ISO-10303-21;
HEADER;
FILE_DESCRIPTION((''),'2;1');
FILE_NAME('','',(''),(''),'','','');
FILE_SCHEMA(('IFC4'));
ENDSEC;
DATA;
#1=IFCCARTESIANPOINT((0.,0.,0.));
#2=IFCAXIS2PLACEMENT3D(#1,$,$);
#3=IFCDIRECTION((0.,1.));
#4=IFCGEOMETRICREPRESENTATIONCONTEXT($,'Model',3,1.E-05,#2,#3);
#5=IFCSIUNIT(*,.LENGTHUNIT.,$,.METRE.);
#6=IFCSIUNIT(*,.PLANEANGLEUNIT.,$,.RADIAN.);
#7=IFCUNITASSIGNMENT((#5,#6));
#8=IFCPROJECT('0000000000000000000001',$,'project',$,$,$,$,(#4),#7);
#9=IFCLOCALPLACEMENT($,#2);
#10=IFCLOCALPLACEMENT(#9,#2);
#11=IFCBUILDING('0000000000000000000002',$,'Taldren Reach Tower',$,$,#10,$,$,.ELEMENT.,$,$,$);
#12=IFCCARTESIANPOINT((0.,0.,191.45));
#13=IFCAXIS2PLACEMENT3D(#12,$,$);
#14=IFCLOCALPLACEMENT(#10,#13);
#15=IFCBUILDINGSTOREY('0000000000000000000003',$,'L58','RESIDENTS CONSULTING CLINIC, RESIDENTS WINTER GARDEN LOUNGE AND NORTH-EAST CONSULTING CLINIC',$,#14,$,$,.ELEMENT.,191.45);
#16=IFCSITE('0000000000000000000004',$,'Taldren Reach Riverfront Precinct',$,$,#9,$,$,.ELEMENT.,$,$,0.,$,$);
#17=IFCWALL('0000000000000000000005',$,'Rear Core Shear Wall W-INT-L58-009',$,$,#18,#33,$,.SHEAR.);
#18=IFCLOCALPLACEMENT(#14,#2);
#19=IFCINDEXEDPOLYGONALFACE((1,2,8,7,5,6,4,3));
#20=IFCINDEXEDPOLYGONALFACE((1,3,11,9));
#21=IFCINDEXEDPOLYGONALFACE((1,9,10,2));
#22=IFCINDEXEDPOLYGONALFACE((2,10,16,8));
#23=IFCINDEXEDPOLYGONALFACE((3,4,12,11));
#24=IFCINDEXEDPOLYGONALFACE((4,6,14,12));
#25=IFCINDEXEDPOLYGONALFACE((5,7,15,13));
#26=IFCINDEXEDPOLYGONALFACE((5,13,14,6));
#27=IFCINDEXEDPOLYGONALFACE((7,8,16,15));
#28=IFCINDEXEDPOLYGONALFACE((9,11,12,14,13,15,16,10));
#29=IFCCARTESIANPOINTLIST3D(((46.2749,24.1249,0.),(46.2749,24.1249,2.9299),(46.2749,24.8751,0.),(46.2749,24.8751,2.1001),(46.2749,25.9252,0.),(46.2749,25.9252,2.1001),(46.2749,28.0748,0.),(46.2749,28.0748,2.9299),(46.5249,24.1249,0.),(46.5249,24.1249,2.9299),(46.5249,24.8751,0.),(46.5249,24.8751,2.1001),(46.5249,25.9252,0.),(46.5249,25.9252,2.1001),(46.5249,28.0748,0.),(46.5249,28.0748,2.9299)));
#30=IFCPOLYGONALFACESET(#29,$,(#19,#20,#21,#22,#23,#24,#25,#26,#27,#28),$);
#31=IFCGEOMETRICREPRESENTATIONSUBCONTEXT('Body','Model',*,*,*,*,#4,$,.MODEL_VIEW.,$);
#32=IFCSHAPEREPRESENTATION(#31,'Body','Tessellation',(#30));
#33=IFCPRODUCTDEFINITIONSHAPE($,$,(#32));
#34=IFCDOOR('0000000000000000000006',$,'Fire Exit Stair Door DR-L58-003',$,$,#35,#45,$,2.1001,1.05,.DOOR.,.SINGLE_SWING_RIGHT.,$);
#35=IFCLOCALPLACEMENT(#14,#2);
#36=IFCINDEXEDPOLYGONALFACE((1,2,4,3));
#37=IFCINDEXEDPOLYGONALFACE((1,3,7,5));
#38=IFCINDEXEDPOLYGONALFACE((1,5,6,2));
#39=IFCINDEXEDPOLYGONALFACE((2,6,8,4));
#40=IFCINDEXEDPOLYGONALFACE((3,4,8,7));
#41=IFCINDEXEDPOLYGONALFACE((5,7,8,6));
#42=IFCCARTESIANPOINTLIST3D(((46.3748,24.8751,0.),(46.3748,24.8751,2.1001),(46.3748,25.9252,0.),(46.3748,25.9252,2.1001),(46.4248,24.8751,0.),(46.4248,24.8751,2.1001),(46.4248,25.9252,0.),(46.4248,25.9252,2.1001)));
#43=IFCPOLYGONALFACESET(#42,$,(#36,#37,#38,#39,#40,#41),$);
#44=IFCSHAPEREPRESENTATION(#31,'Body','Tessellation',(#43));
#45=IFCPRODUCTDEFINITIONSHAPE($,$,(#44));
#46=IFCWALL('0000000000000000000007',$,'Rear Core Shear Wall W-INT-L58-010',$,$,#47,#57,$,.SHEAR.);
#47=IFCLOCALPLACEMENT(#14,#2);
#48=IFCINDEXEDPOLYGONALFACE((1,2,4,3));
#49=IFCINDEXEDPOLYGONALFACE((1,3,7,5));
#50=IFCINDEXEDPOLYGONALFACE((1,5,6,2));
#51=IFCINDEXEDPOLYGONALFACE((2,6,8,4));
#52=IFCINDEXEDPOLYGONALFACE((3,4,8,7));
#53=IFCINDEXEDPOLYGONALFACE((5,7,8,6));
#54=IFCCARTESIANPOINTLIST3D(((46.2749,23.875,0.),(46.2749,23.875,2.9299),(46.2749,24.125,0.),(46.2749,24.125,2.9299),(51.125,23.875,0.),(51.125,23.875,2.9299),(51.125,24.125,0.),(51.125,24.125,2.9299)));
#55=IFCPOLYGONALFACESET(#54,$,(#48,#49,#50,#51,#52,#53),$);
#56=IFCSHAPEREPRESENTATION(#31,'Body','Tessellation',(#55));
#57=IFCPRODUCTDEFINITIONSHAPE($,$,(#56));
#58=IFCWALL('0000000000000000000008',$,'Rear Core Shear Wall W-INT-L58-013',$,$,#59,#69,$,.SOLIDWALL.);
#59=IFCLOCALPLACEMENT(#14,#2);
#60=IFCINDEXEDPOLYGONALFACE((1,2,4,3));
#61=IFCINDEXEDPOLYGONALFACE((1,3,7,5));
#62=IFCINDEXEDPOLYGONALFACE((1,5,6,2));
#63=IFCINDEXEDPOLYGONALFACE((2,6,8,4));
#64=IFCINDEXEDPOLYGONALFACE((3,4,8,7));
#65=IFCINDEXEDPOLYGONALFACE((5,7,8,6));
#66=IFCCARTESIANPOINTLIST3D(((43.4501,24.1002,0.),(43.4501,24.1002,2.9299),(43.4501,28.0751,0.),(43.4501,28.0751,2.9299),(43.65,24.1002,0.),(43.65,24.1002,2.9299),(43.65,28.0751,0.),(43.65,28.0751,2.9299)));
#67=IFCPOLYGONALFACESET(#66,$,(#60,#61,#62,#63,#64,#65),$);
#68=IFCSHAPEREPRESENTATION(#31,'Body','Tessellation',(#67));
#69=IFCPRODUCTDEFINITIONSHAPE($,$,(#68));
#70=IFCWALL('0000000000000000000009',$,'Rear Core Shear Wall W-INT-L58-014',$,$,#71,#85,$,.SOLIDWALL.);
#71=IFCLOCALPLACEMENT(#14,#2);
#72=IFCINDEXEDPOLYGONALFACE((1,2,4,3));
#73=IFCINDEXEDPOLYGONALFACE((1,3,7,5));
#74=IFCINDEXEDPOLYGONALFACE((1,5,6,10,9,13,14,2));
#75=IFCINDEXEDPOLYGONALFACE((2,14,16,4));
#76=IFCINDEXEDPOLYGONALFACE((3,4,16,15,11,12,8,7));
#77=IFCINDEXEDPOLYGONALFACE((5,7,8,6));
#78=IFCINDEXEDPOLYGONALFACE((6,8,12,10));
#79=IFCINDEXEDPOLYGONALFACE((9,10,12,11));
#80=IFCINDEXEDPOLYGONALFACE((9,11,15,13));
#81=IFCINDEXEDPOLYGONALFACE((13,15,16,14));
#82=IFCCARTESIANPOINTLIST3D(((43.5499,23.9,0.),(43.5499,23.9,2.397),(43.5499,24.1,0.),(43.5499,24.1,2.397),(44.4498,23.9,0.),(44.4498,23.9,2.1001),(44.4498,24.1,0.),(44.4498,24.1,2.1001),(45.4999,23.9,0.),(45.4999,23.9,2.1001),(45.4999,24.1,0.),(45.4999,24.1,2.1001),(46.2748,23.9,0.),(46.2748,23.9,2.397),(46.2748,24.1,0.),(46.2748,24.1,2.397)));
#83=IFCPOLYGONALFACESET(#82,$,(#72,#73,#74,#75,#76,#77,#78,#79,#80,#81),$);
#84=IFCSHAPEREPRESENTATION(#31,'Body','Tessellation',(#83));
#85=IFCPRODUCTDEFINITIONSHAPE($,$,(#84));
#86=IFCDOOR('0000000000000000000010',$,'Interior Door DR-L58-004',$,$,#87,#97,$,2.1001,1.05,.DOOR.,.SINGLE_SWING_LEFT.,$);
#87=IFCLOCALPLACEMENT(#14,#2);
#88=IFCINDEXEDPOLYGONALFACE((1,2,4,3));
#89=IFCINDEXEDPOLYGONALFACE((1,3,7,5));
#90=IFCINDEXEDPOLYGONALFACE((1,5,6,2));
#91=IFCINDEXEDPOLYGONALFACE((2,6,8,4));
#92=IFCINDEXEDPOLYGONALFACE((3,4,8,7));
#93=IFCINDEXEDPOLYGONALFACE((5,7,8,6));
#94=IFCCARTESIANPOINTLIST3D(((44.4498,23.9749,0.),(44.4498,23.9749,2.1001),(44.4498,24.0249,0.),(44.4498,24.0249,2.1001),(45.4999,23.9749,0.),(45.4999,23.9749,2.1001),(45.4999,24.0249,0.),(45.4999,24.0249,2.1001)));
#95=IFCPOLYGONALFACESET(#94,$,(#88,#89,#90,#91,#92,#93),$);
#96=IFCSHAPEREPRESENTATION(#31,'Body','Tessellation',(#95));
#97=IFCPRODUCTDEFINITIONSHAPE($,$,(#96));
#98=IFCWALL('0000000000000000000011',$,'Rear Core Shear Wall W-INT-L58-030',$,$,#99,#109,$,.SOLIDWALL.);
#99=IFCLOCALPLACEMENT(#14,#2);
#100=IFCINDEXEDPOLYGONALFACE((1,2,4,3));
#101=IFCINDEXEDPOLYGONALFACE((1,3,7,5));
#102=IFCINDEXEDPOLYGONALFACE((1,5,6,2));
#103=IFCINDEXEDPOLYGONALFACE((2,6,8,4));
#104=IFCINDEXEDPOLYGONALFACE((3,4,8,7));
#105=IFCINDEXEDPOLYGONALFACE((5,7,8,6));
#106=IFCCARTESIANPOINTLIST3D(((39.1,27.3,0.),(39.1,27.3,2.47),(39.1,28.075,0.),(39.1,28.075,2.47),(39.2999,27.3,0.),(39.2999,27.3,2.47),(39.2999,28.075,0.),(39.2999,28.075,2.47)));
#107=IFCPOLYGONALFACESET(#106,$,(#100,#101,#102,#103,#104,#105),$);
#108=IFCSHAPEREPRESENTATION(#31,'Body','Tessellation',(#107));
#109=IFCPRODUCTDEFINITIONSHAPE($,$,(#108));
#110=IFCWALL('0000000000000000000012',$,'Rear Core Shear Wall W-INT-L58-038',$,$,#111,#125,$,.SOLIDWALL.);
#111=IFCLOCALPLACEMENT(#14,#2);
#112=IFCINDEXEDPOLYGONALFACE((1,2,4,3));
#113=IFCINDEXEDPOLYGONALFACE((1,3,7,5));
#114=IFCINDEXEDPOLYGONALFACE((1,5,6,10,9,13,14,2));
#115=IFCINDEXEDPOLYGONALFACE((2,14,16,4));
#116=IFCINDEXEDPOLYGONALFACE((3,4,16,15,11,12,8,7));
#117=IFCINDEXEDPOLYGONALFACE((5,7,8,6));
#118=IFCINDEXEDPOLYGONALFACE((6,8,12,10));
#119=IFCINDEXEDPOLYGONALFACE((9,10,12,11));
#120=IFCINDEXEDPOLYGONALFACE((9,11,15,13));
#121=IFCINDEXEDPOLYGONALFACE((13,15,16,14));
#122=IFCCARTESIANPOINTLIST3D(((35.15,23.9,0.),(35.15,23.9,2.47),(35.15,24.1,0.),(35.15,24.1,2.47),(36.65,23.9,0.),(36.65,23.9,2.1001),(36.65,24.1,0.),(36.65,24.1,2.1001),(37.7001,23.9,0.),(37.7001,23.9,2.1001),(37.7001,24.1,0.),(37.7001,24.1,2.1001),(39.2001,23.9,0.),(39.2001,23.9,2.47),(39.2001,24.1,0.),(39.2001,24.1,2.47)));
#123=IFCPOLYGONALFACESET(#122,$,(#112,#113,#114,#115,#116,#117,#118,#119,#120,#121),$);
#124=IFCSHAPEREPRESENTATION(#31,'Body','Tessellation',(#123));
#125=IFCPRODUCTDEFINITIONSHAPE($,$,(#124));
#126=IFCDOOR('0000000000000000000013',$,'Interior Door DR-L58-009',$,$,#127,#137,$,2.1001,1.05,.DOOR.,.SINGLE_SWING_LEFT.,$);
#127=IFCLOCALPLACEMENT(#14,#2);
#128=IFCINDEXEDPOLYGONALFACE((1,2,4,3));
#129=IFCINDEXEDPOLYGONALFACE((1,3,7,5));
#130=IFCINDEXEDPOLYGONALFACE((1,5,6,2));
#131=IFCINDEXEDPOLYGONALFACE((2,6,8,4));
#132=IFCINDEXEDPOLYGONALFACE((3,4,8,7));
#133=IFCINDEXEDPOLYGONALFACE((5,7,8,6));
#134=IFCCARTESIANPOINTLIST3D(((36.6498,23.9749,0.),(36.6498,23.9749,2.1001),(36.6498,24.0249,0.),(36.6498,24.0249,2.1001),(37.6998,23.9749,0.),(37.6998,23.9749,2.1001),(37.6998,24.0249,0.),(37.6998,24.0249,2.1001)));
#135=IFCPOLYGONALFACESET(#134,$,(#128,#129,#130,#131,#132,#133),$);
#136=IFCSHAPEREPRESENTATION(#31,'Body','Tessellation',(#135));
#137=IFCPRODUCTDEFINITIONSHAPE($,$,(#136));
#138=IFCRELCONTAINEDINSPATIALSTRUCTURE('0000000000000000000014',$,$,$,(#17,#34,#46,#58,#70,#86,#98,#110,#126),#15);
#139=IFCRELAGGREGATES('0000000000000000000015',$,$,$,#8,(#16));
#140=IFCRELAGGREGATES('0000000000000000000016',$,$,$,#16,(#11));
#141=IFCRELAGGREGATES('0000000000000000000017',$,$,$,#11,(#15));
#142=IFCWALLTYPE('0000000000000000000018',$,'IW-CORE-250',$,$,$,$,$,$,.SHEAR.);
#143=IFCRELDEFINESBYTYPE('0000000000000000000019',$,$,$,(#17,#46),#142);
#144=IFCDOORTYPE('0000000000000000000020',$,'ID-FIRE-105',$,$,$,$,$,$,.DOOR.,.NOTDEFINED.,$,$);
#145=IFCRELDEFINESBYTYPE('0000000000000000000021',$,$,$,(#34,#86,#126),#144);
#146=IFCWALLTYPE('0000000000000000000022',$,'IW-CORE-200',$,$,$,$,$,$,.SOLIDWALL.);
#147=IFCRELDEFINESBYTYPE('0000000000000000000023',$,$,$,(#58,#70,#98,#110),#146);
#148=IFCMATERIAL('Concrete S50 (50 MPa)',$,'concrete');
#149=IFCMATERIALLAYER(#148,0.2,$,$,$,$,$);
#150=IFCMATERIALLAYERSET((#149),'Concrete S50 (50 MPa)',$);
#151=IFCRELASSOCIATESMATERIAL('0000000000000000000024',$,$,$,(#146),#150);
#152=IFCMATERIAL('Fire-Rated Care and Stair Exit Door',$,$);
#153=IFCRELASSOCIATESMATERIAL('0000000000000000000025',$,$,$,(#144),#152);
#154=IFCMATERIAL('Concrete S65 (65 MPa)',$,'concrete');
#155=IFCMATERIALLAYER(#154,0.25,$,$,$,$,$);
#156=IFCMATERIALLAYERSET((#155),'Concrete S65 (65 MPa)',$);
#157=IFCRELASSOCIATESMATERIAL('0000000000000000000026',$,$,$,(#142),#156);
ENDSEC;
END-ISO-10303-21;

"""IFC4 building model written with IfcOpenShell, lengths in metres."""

from ifc_helpers import new_model, si_unit, direction, frame, frame_2d, origin, place, context, subcontext, project, spatial, rectangle, extrude, source, transform, mapped, material, layer, layer_set, type_object, element, fill, save


model = new_model("IFC4")

# Units and contexts
model_context = context("Model", 3, precision=1e-05, world=origin(), true_north=direction((0.0, 1.0)))
body_context = subcontext(model_context, "Body", "Model", "MODEL_VIEW")
ifc_project = project(units=[si_unit("LENGTHUNIT", "METRE"), si_unit("PLANEANGLEUNIT", "RADIAN")], contexts=[model_context])

# Site, building, storey
site_placement = place(None, origin())
site = spatial("IfcSite", under=ifc_project, at=site_placement, Name="Taldren Reach Riverfront Precinct", CompositionType="ELEMENT", RefElevation=0.0)
building_placement = place(site_placement, origin())
building = spatial("IfcBuilding", under=site, at=building_placement, Name="Taldren Reach Tower", CompositionType="ELEMENT")
storey_placement = place(building_placement, frame((0.0, 0.0, 191.45)))
storey = spatial("IfcBuildingStorey", under=building, at=storey_placement, Name="L58", Description="RESIDENTS CONSULTING CLINIC, RESIDENTS WINTER GARDEN LOUNGE AND NORTH-EAST CONSULTING CLINIC", CompositionType="ELEMENT", Elevation=191.45)

# Shared definitions
ifc_material_1 = material(Name="Concrete S50 (50 MPa)", Category="concrete")
ifc_layer_1 = layer(ifc_material_1, 0.2)
ifc_layer_set_1 = layer_set([ifc_layer_1], Name="Concrete S50 (50 MPa)")
wall_type_1 = type_object("IfcWallType", Name="IW-CORE-200", PredefinedType="SOLIDWALL", material=ifc_layer_set_1)
shared_shape_1 = source(origin(), body_context, "Body", "SweptSolid", [
    extrude(rectangle(XDim=1.05, YDim=2.1001, at=frame_2d((0.5249, 1.05))), frame((0.0, 0.1099, 0.0), z_axis=(0.0, -1.0, 0.0), x_axis=(1.0, 0.0, 0.0)), (0.0, 0.0, 1.0), 0.22),
])
ifc_material_2 = material(Name="Fire-Rated Care and Stair Exit Door")
door_type_1 = type_object("IfcDoorType", Name="ID-FIRE-105", OperationType="NOTDEFINED", PredefinedType="DOOR", material=ifc_material_2)
shared_shape_2 = source(origin(), body_context, "Body", "SweptSolid", [
    extrude(rectangle(XDim=1.05, YDim=2.1001, at=frame_2d((0.5249, 1.05))), frame((0.0, 0.0249, 0.0), z_axis=(0.0, -1.0, 0.0), x_axis=(1.0, 0.0, 0.0)), (0.0, 0.0, 1.0), 0.05),
])

# Wall, opening, door
ifc_material_3 = material(Name="Concrete S65 (65 MPa)", Category="concrete")
ifc_layer_2 = layer(ifc_material_3, 0.25)
ifc_layer_set_2 = layer_set([ifc_layer_2], Name="Concrete S65 (65 MPa)")
wall_type_2 = type_object("IfcWallType", Name="IW-CORE-250", PredefinedType="SHEAR", material=ifc_layer_set_2)
shared_shape_3 = source(origin(), body_context, "Body", "SweptSolid", [
    extrude(rectangle(XDim=3.95, YDim=0.25, at=frame_2d((1.9751, 0.0))), origin(), (0.0, 0.0, 1.0), 2.9299),
])
wall_1_placement = place(storey_placement, frame((46.3999, 28.075, 0.0), z_axis=(0.0, 0.0, 1.0), x_axis=(0.0, -1.0, 0.0)))
wall_1 = element("IfcWall", 1, at=wall_1_placement, inside=storey, type_object=wall_type_2, Name="Rear Core Shear Wall W-INT-L58-009", PredefinedType="SHEAR", context=body_context, shape_type="MappedRepresentation", body=[
    mapped(shared_shape_3, transform((0.0, 0.0, 0.0), scale=1.0)),
])
shared_shape_4 = source(origin(), body_context, "Body", "SweptSolid", [
    extrude(rectangle(XDim=1.05, YDim=2.1001, at=frame_2d((0.5249, 1.05))), frame((0.0, 0.135, 0.0), z_axis=(0.0, -1.0, 0.0), x_axis=(1.0, 0.0, 0.0)), (0.0, 0.0, 1.0), 0.27),
])
opening_1_placement = place(wall_1_placement, frame((2.1499, 0.0, 0.0)))
opening_1 = element("IfcOpeningElement", 2, at=opening_1_placement, cuts=wall_1, PredefinedType="OPENING", context=body_context, shape_type="MappedRepresentation", body=[
    mapped(shared_shape_4, transform((0.0, 0.0, 0.0), scale=1.0)),
])
door_1_placement = place(opening_1_placement, origin())
door_1 = element("IfcDoor", 3, at=door_1_placement, inside=storey, type_object=door_type_1, Name="Fire Exit Stair Door DR-L58-003", OperationType="SINGLE_SWING_RIGHT", OverallHeight=2.1001, OverallWidth=1.05, PredefinedType="DOOR", context=body_context, shape_type="MappedRepresentation", body=[
    mapped(shared_shape_2, transform((0.0, 0.0, 0.0), scale=1.0)),
])
fill(opening_1, door_1)

# Walls
shared_shape_5 = source(origin(), body_context, "Body", "SweptSolid", [
    extrude(rectangle(XDim=4.8501, YDim=0.25, at=frame_2d((2.425, 0.0))), origin(), (0.0, 0.0, 1.0), 2.9299),
])
wall_2_placement = place(storey_placement, frame((46.2749, 24.0, 0.0), z_axis=(0.0, 0.0, 1.0), x_axis=(1.0, 0.0, 0.0)))
element("IfcWall", 4, at=wall_2_placement, inside=storey, type_object=wall_type_2, Name="Rear Core Shear Wall W-INT-L58-010", PredefinedType="SHEAR", context=body_context, shape_type="MappedRepresentation", body=[
    mapped(shared_shape_5, transform((0.0, 0.0, 0.0), scale=1.0)),
])
shared_shape_6 = source(origin(), body_context, "Body", "SweptSolid", [
    extrude(rectangle(XDim=3.9749, YDim=0.2, at=frame_2d((1.9873, 0.0))), origin(), (0.0, 0.0, 1.0), 2.9299),
])
wall_3_placement = place(storey_placement, frame((43.55, 28.075, 0.0), z_axis=(0.0, 0.0, 1.0), x_axis=(0.0, -1.0, 0.0)))
element("IfcWall", 5, at=wall_3_placement, inside=storey, type_object=wall_type_1, Name="Rear Core Shear Wall W-INT-L58-013", PredefinedType="SOLIDWALL", context=body_context, shape_type="MappedRepresentation", body=[
    mapped(shared_shape_6, transform((0.0, 0.0, 0.0), scale=1.0)),
])

# Wall, opening, door
shared_shape_7 = source(origin(), body_context, "Body", "SweptSolid", [
    extrude(rectangle(XDim=2.7249, YDim=0.2, at=frame_2d((1.3623, 0.0))), origin(), (0.0, 0.0, 1.0), 2.397),
])
wall_4_placement = place(storey_placement, frame((43.55, 24.0, 0.0), z_axis=(0.0, 0.0, 1.0), x_axis=(1.0, 0.0, 0.0)))
wall_4 = element("IfcWall", 6, at=wall_4_placement, inside=storey, type_object=wall_type_1, Name="Rear Core Shear Wall W-INT-L58-014", PredefinedType="SOLIDWALL", context=body_context, shape_type="MappedRepresentation", body=[
    mapped(shared_shape_7, transform((0.0, 0.0, 0.0), scale=1.0)),
])
opening_2_placement = place(wall_4_placement, frame((0.8999, 0.0, 0.0)))
opening_2 = element("IfcOpeningElement", 7, at=opening_2_placement, cuts=wall_4, PredefinedType="OPENING", context=body_context, shape_type="MappedRepresentation", body=[
    mapped(shared_shape_1, transform((0.0, 0.0, 0.0), scale=1.0)),
])
door_2_placement = place(opening_2_placement, origin())
door_2 = element("IfcDoor", 8, at=door_2_placement, inside=storey, type_object=door_type_1, Name="Interior Door DR-L58-004", OperationType="SINGLE_SWING_LEFT", OverallHeight=2.1001, OverallWidth=1.05, PredefinedType="DOOR", context=body_context, shape_type="MappedRepresentation", body=[
    mapped(shared_shape_2, transform((0.0, 0.0, 0.0), scale=1.0)),
])
fill(opening_2, door_2)

# Wall
shared_shape_8 = source(origin(), body_context, "Body", "SweptSolid", [
    extrude(rectangle(XDim=0.7749, YDim=0.2, at=frame_2d((0.3875, 0.0))), origin(), (0.0, 0.0, 1.0), 2.47),
])
wall_5_placement = place(storey_placement, frame((39.2, 27.3, 0.0), z_axis=(0.0, 0.0, 1.0), x_axis=(0.0, 1.0, 0.0)))
element("IfcWall", 9, at=wall_5_placement, inside=storey, type_object=wall_type_1, Name="Rear Core Shear Wall W-INT-L58-030", PredefinedType="SOLIDWALL", context=body_context, shape_type="MappedRepresentation", body=[
    mapped(shared_shape_8, transform((0.0, 0.0, 0.0), scale=1.0)),
])

# Wall, opening, door
shared_shape_9 = source(origin(), body_context, "Body", "SweptSolid", [
    extrude(rectangle(XDim=4.05, YDim=0.2, at=frame_2d((2.0249, 0.0))), origin(), (0.0, 0.0, 1.0), 2.47),
])
wall_6_placement = place(storey_placement, frame((39.2, 24.0, 0.0), z_axis=(0.0, 0.0, 1.0), x_axis=(-1.0, 0.0, 0.0)))
wall_6 = element("IfcWall", 10, at=wall_6_placement, inside=storey, type_object=wall_type_1, Name="Rear Core Shear Wall W-INT-L58-038", PredefinedType="SOLIDWALL", context=body_context, shape_type="MappedRepresentation", body=[
    mapped(shared_shape_9, transform((0.0, 0.0, 0.0), scale=1.0)),
])
opening_3_placement = place(wall_6_placement, frame((1.5, 0.0, 0.0)))
opening_3 = element("IfcOpeningElement", 11, at=opening_3_placement, cuts=wall_6, PredefinedType="OPENING", context=body_context, shape_type="MappedRepresentation", body=[
    mapped(shared_shape_1, transform((0.0, 0.0, 0.0), scale=1.0)),
])
door_3_placement = place(opening_3_placement, frame((1.05, 0.0, 0.0), z_axis=(0.0, 0.0, 1.0), x_axis=(-1.0, 0.0, 0.0)))
door_3 = element("IfcDoor", 12, at=door_3_placement, inside=storey, type_object=door_type_1, Name="Interior Door DR-L58-009", OperationType="SINGLE_SWING_LEFT", OverallHeight=2.1001, OverallWidth=1.05, PredefinedType="DOOR", context=body_context, shape_type="MappedRepresentation", body=[
    mapped(shared_shape_2, transform((0.0, 0.0, 0.0), scale=1.0)),
])
fill(opening_3, door_3)

save(model, "model.ifc")
